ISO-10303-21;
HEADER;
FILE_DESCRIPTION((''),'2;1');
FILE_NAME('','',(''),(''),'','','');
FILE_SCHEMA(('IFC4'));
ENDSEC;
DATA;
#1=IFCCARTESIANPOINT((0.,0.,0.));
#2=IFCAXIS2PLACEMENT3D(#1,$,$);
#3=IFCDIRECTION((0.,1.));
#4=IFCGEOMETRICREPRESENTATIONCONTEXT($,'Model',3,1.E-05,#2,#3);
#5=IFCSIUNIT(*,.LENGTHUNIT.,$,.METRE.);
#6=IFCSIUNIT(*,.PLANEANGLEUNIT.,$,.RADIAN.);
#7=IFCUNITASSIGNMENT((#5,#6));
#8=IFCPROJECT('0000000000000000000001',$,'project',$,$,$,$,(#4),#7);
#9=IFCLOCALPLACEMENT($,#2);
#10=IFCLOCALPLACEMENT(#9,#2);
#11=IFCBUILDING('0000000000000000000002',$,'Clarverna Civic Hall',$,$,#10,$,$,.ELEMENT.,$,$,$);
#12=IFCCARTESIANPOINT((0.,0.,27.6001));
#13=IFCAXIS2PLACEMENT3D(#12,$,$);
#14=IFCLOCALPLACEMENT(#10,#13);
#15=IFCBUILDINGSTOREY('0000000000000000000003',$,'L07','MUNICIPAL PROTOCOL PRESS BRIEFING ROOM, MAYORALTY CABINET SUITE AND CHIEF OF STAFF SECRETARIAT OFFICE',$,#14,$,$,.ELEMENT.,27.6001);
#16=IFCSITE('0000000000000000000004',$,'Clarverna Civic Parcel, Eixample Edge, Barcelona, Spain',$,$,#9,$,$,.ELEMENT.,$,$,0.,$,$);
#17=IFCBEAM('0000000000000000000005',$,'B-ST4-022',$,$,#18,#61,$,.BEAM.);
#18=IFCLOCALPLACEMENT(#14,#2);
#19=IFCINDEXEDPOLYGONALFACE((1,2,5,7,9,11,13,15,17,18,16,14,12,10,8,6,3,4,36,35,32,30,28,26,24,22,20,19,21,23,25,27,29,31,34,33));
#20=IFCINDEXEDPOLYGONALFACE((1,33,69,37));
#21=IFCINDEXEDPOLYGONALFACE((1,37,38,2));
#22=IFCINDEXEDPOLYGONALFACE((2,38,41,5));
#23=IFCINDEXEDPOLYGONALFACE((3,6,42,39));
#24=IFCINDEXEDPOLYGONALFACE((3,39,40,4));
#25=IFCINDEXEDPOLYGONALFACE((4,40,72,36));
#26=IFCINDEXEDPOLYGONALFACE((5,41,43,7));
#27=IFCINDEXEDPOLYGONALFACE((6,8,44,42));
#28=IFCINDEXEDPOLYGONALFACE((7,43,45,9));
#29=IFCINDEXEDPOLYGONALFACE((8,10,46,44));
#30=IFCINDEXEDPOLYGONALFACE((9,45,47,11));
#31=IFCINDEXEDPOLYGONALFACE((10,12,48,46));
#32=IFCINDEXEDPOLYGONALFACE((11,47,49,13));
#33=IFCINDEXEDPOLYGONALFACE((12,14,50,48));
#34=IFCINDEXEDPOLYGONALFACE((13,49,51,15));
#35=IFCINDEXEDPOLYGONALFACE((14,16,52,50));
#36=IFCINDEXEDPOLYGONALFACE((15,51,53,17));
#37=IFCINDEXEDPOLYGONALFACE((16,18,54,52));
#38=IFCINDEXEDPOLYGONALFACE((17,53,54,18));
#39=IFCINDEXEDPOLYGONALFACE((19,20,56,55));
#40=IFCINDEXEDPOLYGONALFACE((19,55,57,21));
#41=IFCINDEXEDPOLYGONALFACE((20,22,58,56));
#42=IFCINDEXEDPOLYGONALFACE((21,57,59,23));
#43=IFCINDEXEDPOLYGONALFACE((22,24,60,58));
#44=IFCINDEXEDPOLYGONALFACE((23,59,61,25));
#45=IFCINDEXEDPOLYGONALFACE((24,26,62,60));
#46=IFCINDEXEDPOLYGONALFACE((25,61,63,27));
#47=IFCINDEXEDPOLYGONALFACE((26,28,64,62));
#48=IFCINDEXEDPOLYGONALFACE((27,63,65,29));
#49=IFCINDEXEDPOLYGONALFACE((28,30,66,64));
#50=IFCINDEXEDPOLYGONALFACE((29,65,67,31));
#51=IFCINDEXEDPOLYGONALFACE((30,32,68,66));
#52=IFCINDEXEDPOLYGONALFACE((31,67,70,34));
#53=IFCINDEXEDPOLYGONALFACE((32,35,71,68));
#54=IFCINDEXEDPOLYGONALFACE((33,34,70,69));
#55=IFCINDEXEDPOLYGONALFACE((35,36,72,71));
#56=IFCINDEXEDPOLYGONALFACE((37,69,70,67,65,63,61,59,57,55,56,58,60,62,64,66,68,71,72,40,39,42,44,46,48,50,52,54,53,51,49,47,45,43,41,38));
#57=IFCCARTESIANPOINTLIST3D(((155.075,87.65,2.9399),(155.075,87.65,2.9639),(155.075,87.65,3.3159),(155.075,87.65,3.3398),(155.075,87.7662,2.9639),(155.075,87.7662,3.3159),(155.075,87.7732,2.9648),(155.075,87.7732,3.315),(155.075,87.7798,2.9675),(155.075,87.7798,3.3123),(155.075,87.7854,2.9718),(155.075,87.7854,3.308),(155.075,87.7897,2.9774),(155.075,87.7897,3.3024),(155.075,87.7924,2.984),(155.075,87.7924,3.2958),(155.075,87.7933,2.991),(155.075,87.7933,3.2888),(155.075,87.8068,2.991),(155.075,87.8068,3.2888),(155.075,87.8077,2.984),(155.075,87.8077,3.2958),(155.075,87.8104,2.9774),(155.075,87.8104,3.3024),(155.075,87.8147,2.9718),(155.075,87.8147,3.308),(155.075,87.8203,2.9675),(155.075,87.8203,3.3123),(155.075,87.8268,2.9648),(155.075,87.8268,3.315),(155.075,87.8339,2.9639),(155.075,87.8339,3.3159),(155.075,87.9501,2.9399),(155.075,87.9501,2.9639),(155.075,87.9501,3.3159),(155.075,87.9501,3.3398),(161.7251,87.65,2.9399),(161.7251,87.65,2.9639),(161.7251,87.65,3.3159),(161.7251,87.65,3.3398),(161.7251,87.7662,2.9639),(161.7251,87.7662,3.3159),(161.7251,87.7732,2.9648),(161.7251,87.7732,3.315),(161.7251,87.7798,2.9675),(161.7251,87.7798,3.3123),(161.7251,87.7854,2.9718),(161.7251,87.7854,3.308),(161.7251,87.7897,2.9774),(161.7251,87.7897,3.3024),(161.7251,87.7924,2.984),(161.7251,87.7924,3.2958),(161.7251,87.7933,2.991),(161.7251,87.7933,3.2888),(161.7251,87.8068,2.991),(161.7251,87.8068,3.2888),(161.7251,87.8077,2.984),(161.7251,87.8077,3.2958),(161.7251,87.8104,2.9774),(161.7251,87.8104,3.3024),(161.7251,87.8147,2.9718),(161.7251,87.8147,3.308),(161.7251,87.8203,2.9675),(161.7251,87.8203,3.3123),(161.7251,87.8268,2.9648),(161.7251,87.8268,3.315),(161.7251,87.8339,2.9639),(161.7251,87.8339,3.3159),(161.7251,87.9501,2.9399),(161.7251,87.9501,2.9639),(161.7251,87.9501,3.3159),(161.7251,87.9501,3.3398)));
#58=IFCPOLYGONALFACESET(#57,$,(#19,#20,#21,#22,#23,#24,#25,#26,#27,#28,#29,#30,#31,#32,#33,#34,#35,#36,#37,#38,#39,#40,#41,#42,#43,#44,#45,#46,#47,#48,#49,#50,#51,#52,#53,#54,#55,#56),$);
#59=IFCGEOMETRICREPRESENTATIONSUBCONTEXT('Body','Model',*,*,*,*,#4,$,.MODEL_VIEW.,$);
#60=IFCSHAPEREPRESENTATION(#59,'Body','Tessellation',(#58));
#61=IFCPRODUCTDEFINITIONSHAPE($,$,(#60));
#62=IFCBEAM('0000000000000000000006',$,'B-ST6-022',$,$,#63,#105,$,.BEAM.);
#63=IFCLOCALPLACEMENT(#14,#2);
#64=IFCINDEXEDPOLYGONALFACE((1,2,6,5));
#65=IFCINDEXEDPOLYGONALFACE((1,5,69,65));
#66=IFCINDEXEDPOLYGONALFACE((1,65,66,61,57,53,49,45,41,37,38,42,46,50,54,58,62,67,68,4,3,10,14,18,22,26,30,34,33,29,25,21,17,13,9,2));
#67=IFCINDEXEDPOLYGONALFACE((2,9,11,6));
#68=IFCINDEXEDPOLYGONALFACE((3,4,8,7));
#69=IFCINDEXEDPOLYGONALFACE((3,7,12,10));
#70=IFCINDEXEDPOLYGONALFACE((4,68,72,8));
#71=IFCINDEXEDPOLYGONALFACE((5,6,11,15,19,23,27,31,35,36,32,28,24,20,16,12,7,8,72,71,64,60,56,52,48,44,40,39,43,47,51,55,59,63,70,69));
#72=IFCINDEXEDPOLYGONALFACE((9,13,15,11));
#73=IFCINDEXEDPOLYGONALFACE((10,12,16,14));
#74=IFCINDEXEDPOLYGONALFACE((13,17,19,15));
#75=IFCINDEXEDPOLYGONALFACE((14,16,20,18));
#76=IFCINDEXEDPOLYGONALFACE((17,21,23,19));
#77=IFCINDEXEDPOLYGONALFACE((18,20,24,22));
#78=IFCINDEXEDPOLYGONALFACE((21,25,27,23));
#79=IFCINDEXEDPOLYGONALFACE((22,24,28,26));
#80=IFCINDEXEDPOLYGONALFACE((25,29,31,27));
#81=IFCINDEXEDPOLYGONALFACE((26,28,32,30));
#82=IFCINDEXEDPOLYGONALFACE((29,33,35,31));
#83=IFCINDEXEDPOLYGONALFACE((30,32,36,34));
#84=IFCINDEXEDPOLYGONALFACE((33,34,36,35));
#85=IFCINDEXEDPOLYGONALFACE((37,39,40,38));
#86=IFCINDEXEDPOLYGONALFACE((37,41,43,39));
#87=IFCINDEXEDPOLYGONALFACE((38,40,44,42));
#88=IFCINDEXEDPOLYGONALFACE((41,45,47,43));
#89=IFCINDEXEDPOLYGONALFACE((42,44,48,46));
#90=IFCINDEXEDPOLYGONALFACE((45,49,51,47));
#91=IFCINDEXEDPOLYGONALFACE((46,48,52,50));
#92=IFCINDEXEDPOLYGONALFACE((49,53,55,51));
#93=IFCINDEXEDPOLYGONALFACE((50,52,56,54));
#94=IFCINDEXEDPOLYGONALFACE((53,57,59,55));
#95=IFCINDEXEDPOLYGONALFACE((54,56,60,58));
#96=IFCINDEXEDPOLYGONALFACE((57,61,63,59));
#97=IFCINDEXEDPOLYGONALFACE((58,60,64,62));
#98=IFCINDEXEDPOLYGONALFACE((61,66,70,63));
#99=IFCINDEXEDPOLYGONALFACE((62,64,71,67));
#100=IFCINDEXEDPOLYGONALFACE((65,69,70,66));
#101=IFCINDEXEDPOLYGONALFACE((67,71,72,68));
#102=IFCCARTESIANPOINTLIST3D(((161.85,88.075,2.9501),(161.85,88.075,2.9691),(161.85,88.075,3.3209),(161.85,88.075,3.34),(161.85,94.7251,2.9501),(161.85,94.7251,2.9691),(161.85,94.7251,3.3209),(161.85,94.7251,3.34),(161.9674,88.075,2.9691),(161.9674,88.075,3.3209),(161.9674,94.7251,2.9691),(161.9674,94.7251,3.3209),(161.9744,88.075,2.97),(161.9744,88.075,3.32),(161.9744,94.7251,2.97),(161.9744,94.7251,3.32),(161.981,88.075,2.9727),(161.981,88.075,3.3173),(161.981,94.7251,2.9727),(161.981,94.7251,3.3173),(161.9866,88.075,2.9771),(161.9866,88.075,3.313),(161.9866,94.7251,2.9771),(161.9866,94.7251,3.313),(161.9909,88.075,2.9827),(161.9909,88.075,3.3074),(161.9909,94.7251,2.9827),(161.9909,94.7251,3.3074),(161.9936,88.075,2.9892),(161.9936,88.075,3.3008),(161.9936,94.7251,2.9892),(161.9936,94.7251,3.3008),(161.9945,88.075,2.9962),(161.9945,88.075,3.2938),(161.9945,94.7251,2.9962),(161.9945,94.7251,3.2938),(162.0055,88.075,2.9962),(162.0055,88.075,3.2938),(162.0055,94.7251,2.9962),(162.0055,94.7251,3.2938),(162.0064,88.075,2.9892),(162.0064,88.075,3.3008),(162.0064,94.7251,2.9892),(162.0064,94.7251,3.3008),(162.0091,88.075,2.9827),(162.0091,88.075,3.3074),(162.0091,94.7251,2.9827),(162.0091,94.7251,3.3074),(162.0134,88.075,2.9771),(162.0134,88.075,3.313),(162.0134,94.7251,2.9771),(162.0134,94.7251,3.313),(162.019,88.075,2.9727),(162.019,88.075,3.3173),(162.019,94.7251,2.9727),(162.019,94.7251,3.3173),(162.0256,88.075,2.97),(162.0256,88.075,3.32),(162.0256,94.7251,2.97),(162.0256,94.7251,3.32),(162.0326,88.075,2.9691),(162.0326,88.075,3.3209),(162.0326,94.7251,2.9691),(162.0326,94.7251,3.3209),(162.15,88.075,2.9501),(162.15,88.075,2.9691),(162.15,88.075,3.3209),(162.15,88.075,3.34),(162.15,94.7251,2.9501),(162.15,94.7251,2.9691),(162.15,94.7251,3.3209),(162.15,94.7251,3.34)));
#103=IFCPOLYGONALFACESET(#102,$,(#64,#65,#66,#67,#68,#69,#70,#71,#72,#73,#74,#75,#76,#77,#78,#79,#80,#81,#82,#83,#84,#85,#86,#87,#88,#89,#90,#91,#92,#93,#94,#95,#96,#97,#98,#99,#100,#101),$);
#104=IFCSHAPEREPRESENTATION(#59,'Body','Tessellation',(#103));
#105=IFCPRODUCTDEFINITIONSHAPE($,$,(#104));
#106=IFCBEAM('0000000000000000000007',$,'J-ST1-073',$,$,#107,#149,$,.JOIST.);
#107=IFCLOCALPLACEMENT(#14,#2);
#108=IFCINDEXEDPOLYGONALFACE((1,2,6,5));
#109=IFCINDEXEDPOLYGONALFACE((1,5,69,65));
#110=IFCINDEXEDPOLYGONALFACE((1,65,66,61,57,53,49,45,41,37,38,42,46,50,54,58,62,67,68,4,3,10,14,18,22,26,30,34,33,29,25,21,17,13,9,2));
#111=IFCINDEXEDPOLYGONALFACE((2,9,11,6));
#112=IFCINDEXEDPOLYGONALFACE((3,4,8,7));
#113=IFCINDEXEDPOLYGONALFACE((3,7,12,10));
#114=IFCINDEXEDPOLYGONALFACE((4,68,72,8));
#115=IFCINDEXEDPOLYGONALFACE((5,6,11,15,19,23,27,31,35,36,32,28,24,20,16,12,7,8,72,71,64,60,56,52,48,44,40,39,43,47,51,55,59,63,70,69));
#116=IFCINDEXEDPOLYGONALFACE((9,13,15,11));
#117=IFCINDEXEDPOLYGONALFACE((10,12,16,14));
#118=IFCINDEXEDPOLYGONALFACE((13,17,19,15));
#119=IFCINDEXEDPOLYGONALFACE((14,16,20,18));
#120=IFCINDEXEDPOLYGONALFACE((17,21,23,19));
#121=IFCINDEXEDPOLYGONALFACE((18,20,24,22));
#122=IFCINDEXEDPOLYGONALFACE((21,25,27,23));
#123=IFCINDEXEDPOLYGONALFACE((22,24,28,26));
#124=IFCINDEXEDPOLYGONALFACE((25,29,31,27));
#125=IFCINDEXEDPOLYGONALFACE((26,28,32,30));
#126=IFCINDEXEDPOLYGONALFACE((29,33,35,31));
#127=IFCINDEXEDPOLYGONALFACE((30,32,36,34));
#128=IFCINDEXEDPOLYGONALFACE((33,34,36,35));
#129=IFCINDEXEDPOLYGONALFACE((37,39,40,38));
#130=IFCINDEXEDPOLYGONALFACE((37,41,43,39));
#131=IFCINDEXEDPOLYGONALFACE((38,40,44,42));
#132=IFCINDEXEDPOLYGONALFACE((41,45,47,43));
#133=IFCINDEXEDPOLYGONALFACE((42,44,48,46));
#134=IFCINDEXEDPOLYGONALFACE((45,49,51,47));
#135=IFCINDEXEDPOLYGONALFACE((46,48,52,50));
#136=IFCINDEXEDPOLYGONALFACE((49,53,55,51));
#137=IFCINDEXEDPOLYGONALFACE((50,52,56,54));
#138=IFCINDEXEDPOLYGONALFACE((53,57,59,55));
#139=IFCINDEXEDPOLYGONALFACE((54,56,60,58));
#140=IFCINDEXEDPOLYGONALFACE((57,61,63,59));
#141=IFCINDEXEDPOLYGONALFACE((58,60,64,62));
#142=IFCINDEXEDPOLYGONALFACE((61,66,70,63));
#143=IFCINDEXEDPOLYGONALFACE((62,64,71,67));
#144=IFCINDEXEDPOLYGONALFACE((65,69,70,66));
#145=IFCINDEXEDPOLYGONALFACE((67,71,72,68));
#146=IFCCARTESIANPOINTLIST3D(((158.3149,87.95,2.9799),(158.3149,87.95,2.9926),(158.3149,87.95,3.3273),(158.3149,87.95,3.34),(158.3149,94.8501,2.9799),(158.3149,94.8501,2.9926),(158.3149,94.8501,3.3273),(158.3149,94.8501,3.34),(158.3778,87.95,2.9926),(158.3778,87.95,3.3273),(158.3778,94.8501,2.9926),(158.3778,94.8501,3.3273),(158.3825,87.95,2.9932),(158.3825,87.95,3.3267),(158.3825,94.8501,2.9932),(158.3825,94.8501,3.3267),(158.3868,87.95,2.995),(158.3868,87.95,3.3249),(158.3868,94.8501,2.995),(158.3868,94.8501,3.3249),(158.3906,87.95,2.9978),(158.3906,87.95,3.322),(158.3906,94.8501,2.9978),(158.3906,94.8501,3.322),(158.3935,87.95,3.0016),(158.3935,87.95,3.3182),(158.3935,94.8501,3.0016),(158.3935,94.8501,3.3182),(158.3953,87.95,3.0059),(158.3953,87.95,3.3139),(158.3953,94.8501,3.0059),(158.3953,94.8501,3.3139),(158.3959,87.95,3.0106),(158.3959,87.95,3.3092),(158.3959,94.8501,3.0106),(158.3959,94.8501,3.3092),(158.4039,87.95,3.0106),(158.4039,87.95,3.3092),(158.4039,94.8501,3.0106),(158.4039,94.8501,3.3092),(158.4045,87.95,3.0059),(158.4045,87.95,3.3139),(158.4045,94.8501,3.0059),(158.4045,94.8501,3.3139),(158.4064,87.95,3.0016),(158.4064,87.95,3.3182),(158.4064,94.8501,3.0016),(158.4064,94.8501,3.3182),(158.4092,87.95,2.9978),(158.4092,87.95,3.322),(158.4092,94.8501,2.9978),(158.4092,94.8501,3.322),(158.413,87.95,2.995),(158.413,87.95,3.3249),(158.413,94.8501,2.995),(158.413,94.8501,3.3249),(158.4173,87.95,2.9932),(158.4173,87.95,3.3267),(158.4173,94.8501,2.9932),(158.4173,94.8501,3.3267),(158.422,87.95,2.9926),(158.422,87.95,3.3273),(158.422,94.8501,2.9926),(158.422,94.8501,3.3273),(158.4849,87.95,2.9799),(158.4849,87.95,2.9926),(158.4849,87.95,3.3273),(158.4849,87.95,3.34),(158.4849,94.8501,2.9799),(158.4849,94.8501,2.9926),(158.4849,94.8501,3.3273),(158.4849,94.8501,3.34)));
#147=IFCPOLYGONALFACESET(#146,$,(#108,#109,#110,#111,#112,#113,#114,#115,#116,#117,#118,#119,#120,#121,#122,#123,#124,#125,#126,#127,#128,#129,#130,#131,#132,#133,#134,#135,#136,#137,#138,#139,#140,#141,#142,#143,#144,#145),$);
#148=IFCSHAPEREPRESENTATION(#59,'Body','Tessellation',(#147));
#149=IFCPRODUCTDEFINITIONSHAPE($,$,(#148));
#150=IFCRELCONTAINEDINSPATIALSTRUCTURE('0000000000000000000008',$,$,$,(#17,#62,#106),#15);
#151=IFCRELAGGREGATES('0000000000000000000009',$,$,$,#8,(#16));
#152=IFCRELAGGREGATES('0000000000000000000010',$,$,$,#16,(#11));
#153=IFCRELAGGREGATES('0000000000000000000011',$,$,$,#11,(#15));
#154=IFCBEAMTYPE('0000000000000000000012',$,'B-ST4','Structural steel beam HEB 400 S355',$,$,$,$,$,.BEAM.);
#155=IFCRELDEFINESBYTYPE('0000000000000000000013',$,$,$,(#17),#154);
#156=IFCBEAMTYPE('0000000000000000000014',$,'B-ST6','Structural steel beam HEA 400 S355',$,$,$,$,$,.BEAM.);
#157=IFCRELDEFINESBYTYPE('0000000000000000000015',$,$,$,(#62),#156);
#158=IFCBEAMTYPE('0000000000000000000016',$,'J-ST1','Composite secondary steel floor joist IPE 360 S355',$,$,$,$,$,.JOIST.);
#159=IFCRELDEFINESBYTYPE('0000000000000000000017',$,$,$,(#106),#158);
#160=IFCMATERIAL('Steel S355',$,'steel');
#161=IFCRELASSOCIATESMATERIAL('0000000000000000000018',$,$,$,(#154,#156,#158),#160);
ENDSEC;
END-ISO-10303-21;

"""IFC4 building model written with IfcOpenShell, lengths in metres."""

from ifc_helpers import new_model, si_unit, direction, frame, origin, origin_2d, place, context, subcontext, project, spatial, i_section, extrude, material, material_profile, profile_set, type_object, element, save


model = new_model("IFC4")

# Units and contexts
model_context = context("Model", 3, precision=1e-05, world=origin(), true_north=direction((0.0, 1.0)))
body_context = subcontext(model_context, "Body", "Model", "MODEL_VIEW")
ifc_project = project(units=[si_unit("LENGTHUNIT", "METRE"), si_unit("PLANEANGLEUNIT", "RADIAN")], contexts=[model_context])

# Site, building, storey
site_placement = place(None, origin())
site = spatial("IfcSite", under=ifc_project, at=site_placement, Name="Clarverna Civic Parcel, Eixample Edge, Barcelona, Spain", CompositionType="ELEMENT", RefElevation=0.0)
building_placement = place(site_placement, origin())
building = spatial("IfcBuilding", under=site, at=building_placement, Name="Clarverna Civic Hall", CompositionType="ELEMENT")
storey_placement = place(building_placement, frame((0.0, 0.0, 27.6001)))
storey = spatial("IfcBuildingStorey", under=building, at=storey_placement, Name="L07", Description="MUNICIPAL PROTOCOL PRESS BRIEFING ROOM, MAYORALTY CABINET SUITE AND CHIEF OF STAFF SECRETARIAT OFFICE", CompositionType="ELEMENT", Elevation=27.6001)

# Beams
ifc_material_1 = material(Name="Steel S355", Category="steel")
ifc_material_profile_1 = material_profile(ifc_material_1, i_section(OverallWidth=0.3, OverallDepth=0.3999, WebThickness=0.0134, FlangeThickness=0.0239, FilletRadius=0.0271, at=origin_2d()), Name="HEB 400")
ifc_profile_set_1 = profile_set([ifc_material_profile_1], Name="Steel S355")
beam_type_1 = type_object("IfcBeamType", Name="B-ST4", Description="Structural steel beam HEB 400 S355", PredefinedType="BEAM", material=ifc_profile_set_1)
beam_1_placement = place(storey_placement, frame((155.075, 87.8, 3.1399), z_axis=(1.0, 0.0, 0.0), x_axis=(0.0, 1.0, 0.0)))
element("IfcBeam", 1, at=beam_1_placement, inside=storey, type_object=beam_type_1, Name="B-ST4-022", PredefinedType="BEAM", context=body_context, shape_type="SweptSolid", body=[
    extrude(i_section(OverallWidth=0.3, OverallDepth=0.3999, WebThickness=0.0134, FlangeThickness=0.0239, FilletRadius=0.0271, at=origin_2d()), origin(), (0.0, 0.0, 1.0), 6.6501),
])
ifc_material_profile_2 = material_profile(ifc_material_1, i_section(OverallWidth=0.3, OverallDepth=0.3899, WebThickness=0.011, FlangeThickness=0.019, FilletRadius=0.0271, at=origin_2d()), Name="HEA 400")
ifc_profile_set_2 = profile_set([ifc_material_profile_2], Name="Steel S355")
beam_type_2 = type_object("IfcBeamType", Name="B-ST6", Description="Structural steel beam HEA 400 S355", PredefinedType="BEAM", material=ifc_profile_set_2)
beam_2_placement = place(storey_placement, frame((162.0, 88.075, 3.145), z_axis=(0.0, 1.0, 0.0), x_axis=(-1.0, 0.0, 0.0)))
element("IfcBeam", 2, at=beam_2_placement, inside=storey, type_object=beam_type_2, Name="B-ST6-022", PredefinedType="BEAM", context=body_context, shape_type="SweptSolid", body=[
    extrude(i_section(OverallWidth=0.3, OverallDepth=0.3899, WebThickness=0.011, FlangeThickness=0.019, FilletRadius=0.0271, at=origin_2d()), origin(), (0.0, 0.0, 1.0), 6.6501),
])
ifc_material_profile_3 = material_profile(ifc_material_1, i_section(OverallWidth=0.1699, OverallDepth=0.3601, WebThickness=0.0081, FlangeThickness=0.0127, FilletRadius=0.0181, at=origin_2d()), Name="IPE 360")
ifc_profile_set_3 = profile_set([ifc_material_profile_3], Name="Steel S355")
beam_type_3 = type_object("IfcBeamType", Name="J-ST1", Description="Composite secondary steel floor joist IPE 360 S355", PredefinedType="JOIST", material=ifc_profile_set_3)
beam_3_placement = place(storey_placement, frame((158.3999, 87.95, 3.1599), z_axis=(0.0, 1.0, 0.0), x_axis=(-1.0, 0.0, 0.0)))
element("IfcBeam", 3, at=beam_3_placement, inside=storey, type_object=beam_type_3, Name="J-ST1-073", PredefinedType="JOIST", context=body_context, shape_type="SweptSolid", body=[
    extrude(i_section(OverallWidth=0.1699, OverallDepth=0.3601, WebThickness=0.0081, FlangeThickness=0.0127, FilletRadius=0.0181, at=origin_2d()), origin(), (0.0, 0.0, 1.0), 6.9001),
])

save(model, "model.ifc")
